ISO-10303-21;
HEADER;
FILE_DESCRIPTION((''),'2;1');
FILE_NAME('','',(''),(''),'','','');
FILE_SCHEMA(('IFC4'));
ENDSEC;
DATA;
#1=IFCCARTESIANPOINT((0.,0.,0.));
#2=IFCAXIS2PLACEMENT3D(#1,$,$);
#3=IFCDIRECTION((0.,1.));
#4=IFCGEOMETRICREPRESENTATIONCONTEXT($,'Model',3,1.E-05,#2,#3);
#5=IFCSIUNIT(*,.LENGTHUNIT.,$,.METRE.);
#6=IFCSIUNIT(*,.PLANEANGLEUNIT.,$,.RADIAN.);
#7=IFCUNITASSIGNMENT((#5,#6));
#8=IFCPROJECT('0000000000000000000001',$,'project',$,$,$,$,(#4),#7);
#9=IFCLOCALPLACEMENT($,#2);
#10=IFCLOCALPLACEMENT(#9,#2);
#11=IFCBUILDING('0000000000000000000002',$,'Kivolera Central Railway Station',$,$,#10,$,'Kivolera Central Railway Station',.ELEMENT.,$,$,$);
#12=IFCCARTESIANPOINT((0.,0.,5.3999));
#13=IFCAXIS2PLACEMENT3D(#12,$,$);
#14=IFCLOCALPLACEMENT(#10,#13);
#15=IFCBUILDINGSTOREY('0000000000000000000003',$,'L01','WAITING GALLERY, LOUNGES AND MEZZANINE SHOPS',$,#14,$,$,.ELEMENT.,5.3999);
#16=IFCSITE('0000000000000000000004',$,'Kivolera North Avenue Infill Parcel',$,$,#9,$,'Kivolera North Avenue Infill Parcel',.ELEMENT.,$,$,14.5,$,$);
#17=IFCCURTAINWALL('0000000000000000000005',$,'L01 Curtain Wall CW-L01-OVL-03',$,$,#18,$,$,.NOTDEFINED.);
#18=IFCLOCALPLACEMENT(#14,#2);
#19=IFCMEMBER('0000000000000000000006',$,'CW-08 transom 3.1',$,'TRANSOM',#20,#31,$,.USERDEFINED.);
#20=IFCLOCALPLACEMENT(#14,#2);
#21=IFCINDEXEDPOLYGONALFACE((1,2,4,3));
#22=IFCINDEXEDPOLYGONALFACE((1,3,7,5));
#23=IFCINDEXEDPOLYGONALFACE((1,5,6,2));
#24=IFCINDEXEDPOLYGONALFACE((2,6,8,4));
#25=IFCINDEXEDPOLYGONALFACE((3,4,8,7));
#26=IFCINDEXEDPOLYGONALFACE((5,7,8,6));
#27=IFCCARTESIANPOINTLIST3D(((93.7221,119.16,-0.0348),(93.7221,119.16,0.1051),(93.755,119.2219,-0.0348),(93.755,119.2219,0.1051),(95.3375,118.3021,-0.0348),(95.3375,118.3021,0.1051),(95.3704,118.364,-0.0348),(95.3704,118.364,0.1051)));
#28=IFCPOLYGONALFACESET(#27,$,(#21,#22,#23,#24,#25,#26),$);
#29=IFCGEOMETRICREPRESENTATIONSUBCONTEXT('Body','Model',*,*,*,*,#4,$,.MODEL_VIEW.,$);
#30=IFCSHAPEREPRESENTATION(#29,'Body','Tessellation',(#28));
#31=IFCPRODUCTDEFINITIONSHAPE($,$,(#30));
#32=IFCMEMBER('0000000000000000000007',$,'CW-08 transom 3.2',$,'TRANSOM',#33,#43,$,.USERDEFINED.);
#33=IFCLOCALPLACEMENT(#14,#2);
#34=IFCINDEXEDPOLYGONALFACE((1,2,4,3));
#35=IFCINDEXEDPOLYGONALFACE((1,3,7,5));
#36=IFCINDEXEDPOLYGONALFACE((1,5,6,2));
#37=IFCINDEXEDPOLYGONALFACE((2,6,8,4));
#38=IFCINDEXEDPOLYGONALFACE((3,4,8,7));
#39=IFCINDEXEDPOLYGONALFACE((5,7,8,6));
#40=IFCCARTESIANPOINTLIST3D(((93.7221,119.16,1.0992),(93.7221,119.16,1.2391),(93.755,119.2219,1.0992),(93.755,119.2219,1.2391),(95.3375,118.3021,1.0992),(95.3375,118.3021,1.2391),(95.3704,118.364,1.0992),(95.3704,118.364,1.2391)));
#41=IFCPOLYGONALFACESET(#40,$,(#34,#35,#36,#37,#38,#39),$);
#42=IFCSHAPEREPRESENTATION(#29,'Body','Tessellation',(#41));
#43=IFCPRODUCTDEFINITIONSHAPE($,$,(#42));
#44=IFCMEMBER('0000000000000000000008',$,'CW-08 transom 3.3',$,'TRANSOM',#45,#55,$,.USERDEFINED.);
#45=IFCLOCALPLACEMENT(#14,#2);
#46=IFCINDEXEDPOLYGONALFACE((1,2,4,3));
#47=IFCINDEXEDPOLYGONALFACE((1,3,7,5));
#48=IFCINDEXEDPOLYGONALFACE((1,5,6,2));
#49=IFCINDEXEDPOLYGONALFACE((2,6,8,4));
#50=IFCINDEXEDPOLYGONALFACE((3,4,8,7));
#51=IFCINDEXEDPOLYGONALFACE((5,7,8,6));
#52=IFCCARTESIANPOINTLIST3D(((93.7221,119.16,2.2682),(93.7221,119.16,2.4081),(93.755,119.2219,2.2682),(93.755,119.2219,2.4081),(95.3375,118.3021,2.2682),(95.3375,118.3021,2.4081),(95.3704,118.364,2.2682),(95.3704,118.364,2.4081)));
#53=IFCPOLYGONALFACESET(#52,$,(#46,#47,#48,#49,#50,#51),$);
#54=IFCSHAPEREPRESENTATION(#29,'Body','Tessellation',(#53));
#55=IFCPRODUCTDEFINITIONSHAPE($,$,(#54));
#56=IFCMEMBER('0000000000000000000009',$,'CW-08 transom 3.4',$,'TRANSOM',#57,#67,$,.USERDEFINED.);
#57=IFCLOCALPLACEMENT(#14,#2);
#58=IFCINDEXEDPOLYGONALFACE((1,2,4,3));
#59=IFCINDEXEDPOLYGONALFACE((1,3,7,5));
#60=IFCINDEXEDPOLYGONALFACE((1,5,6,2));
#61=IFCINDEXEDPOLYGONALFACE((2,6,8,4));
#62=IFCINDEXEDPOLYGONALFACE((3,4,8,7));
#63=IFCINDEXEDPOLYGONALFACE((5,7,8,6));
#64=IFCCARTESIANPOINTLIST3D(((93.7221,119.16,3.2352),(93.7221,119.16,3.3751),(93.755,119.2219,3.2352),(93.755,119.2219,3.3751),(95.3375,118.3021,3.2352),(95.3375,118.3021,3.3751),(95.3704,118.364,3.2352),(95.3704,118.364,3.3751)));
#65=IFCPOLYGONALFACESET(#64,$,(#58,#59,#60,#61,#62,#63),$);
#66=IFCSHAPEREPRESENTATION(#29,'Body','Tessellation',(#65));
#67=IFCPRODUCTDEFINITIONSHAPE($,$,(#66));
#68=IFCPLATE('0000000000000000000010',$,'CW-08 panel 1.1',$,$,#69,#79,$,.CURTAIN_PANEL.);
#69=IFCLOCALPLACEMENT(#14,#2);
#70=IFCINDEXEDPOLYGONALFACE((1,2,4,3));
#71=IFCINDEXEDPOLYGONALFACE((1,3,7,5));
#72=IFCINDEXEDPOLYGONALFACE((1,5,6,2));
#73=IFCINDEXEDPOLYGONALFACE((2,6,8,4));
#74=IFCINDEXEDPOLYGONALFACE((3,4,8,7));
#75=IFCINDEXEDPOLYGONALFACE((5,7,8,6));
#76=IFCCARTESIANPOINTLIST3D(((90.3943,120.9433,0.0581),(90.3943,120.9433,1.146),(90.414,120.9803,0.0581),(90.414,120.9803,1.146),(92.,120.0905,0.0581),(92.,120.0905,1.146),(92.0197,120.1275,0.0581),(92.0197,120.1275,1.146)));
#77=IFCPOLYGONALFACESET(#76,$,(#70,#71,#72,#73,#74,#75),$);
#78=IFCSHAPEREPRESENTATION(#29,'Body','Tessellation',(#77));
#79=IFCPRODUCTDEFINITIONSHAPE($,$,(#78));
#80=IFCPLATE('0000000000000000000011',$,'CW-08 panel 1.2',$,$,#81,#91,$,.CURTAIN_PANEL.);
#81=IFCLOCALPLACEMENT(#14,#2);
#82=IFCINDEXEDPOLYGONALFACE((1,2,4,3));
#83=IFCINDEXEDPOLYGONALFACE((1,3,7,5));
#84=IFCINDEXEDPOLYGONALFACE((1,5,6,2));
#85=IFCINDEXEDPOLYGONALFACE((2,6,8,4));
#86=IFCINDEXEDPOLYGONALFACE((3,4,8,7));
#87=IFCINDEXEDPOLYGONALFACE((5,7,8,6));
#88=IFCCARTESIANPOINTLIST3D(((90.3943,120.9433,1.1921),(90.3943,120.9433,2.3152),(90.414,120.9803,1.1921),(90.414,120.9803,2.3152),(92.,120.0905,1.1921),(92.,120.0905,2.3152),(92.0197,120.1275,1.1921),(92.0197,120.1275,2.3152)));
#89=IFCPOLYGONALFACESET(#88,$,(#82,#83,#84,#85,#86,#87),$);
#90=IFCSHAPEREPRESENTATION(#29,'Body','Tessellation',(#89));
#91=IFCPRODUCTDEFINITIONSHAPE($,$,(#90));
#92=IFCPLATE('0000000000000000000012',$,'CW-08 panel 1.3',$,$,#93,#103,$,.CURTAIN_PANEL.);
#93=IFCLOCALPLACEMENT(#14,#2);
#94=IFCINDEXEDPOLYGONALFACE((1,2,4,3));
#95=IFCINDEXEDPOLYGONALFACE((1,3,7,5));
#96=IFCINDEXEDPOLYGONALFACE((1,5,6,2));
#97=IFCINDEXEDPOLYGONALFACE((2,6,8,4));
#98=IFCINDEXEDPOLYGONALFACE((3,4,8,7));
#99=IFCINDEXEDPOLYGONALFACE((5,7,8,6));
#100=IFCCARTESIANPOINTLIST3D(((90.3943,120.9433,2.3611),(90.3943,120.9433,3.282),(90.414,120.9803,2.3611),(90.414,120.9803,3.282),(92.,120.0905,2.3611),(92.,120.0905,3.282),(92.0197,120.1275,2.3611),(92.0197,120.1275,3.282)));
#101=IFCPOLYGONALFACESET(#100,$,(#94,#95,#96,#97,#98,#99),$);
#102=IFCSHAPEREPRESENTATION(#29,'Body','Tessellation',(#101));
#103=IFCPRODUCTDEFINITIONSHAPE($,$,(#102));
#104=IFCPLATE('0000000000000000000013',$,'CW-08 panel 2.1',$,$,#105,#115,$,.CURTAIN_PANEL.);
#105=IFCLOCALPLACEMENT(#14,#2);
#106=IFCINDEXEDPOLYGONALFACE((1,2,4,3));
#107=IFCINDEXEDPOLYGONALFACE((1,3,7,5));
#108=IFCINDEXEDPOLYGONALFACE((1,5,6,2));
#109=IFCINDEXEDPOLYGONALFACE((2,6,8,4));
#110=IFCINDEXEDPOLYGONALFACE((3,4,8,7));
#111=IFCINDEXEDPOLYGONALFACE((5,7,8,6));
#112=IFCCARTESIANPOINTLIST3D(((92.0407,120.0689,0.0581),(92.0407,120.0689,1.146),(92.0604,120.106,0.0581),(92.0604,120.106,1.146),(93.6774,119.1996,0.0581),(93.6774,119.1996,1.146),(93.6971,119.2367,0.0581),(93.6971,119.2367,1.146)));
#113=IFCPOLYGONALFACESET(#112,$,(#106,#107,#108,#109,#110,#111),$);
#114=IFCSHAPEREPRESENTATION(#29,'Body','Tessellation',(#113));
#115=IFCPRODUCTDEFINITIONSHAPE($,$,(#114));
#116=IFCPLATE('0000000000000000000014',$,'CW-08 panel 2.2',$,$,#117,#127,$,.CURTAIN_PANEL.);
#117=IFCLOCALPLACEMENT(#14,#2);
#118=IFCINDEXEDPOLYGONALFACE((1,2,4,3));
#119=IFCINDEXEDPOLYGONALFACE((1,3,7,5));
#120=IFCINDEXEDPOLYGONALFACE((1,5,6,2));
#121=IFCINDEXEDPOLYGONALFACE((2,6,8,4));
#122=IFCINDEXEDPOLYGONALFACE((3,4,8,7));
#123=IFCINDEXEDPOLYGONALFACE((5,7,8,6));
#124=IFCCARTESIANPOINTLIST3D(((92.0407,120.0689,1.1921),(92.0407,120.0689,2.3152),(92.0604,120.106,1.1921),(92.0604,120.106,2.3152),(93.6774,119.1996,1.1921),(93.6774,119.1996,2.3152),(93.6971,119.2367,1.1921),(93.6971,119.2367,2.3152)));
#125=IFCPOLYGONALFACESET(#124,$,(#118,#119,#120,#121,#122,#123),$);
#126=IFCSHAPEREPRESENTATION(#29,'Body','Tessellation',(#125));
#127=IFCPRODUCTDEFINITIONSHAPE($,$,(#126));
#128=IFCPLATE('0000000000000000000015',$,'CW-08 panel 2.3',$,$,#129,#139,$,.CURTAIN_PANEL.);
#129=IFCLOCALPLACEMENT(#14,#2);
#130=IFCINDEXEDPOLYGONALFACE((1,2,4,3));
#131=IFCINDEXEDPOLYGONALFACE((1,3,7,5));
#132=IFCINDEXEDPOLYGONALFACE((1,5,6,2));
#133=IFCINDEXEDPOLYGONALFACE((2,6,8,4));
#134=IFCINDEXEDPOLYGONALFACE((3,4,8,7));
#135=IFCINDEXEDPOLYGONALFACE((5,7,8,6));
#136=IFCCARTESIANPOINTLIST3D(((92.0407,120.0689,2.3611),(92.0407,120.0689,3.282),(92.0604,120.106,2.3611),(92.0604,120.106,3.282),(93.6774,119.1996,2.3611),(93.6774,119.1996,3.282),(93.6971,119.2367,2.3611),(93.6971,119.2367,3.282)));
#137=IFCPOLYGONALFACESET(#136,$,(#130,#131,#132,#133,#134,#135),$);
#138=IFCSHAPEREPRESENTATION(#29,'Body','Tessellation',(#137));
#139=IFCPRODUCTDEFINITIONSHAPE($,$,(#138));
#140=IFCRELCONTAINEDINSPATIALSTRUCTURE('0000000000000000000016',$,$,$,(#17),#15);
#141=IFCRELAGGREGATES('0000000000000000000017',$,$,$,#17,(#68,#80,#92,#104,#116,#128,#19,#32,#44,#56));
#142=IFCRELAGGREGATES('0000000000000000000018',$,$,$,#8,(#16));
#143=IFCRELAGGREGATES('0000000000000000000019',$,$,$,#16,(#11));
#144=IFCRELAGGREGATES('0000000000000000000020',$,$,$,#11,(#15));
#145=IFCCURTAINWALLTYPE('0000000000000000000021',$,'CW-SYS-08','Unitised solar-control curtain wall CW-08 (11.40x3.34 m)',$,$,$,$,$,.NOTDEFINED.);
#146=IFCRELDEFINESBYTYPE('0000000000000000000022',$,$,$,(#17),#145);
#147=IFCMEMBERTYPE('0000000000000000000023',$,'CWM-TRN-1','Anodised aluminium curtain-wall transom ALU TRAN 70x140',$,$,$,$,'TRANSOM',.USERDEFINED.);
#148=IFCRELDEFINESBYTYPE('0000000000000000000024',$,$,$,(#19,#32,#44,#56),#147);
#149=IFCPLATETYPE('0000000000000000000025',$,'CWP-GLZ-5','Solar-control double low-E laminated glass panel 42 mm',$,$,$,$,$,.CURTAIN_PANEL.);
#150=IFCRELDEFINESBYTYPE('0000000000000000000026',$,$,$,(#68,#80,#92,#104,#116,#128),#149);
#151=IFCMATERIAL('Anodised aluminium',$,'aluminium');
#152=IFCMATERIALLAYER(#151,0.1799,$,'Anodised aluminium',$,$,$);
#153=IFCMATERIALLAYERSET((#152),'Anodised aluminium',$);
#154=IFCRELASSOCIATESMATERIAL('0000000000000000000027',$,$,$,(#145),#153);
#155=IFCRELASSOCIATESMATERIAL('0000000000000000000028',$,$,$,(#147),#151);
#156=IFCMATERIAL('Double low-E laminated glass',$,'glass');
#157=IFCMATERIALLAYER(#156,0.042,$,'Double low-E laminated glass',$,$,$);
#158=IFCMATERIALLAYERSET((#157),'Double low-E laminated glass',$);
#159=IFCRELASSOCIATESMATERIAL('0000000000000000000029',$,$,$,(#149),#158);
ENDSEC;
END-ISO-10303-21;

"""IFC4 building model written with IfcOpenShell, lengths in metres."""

from ifc_helpers import new_model, si_unit, direction, frame, origin, origin_2d, place, context, subcontext, project, spatial, rectangle, extrude, material, layer, layer_set, material_profile, profile_set, type_object, element, aggregate, save


model = new_model("IFC4")

# Units and contexts
model_context = context("Model", 3, precision=1e-05, world=origin(), true_north=direction((0.0, 1.0)))
body_context = subcontext(model_context, "Body", "Model", "MODEL_VIEW")
ifc_project = project(units=[si_unit("LENGTHUNIT", "METRE"), si_unit("PLANEANGLEUNIT", "RADIAN")], contexts=[model_context])

# Site, building, storey
site_placement = place(None, origin())
site = spatial("IfcSite", under=ifc_project, at=site_placement, Name="Kivolera North Avenue Infill Parcel", LongName="Kivolera North Avenue Infill Parcel", CompositionType="ELEMENT", RefElevation=14.5)
building_placement = place(site_placement, origin())
building = spatial("IfcBuilding", under=site, at=building_placement, Name="Kivolera Central Railway Station", LongName="Kivolera Central Railway Station", CompositionType="ELEMENT")
storey_placement = place(building_placement, frame((0.0, 0.0, 5.3999)))
storey = spatial("IfcBuildingStorey", under=building, at=storey_placement, Name="L01", Description="WAITING GALLERY, LOUNGES AND MEZZANINE SHOPS", CompositionType="ELEMENT", Elevation=5.3999)

# Curtain wall, members, plates
ifc_material_1 = material(Name="Anodised aluminium", Category="aluminium")
ifc_layer_1 = layer(ifc_material_1, 0.1799, Name="Anodised aluminium")
ifc_layer_set_1 = layer_set([ifc_layer_1], Name="Anodised aluminium")
curtain_wall_type = type_object("IfcCurtainWallType", Name="CW-SYS-08", Description="Unitised solar-control curtain wall CW-08 (11.40x3.34 m)", PredefinedType="NOTDEFINED", material=ifc_layer_set_1)
curtain_wall_placement = place(storey_placement, origin())
curtain_wall = element("IfcCurtainWall", 1, at=curtain_wall_placement, inside=storey, type_object=curtain_wall_type, Name="L01 Curtain Wall CW-L01-OVL-03", PredefinedType="NOTDEFINED")
ifc_material_profile_1 = material_profile(ifc_material_1, rectangle(XDim=0.0701, YDim=0.1399, at=origin_2d()), Name="ALU TRAN 70x140")
ifc_profile_set_1 = profile_set([ifc_material_profile_1], Name="Anodised aluminium")
member_type_1 = type_object("IfcMemberType", Name="CWM-TRN-1", Description="Anodised aluminium curtain-wall transom ALU TRAN 70x140", ElementType="TRANSOM", PredefinedType="USERDEFINED", material=ifc_profile_set_1)
member_1_placement = place(storey_placement, frame((93.7385, 119.1909, 0.0352), z_axis=(0.883187, -0.469022, 0.0), x_axis=(0.469022, 0.883187, 0.0)))
member_1 = element("IfcMember", 2, at=member_1_placement, type_object=member_type_1, Name="CW-08 transom 3.1", ObjectType="TRANSOM", PredefinedType="USERDEFINED", context=body_context, shape_type="SweptSolid", body=[
    extrude(rectangle(XDim=0.0701, YDim=0.1399, at=origin_2d()), origin(), (0.0, 0.0, 1.0), 1.8291),
])
member_2_placement = place(storey_placement, frame((93.7385, 119.1909, 1.1692), z_axis=(0.883187, -0.469022, 0.0), x_axis=(0.469022, 0.883187, 0.0)))
member_2 = element("IfcMember", 3, at=member_2_placement, type_object=member_type_1, Name="CW-08 transom 3.2", ObjectType="TRANSOM", PredefinedType="USERDEFINED", context=body_context, shape_type="SweptSolid", body=[
    extrude(rectangle(XDim=0.0701, YDim=0.1399, at=origin_2d()), origin(), (0.0, 0.0, 1.0), 1.8291),
])
member_3_placement = place(storey_placement, frame((93.7385, 119.1909, 2.3381), z_axis=(0.883187, -0.469022, 0.0), x_axis=(0.469022, 0.883187, 0.0)))
member_3 = element("IfcMember", 4, at=member_3_placement, type_object=member_type_1, Name="CW-08 transom 3.3", ObjectType="TRANSOM", PredefinedType="USERDEFINED", context=body_context, shape_type="SweptSolid", body=[
    extrude(rectangle(XDim=0.0701, YDim=0.1399, at=origin_2d()), origin(), (0.0, 0.0, 1.0), 1.8291),
])
member_4_placement = place(storey_placement, frame((93.7385, 119.1909, 3.3052), z_axis=(0.883187, -0.469022, 0.0), x_axis=(0.469022, 0.883187, 0.0)))
member_4 = element("IfcMember", 5, at=member_4_placement, type_object=member_type_1, Name="CW-08 transom 3.4", ObjectType="TRANSOM", PredefinedType="USERDEFINED", context=body_context, shape_type="SweptSolid", body=[
    extrude(rectangle(XDim=0.0701, YDim=0.1399, at=origin_2d()), origin(), (0.0, 0.0, 1.0), 1.8291),
])
ifc_material_2 = material(Name="Double low-E laminated glass", Category="glass")
ifc_layer_2 = layer(ifc_material_2, 0.042, Name="Double low-E laminated glass")
ifc_layer_set_2 = layer_set([ifc_layer_2], Name="Double low-E laminated glass")
plate_type = type_object("IfcPlateType", Name="CWP-GLZ-5", Description="Solar-control double low-E laminated glass panel 42 mm", PredefinedType="CURTAIN_PANEL", material=ifc_layer_set_2)
plate_1_placement = place(storey_placement, frame((91.207, 120.5354, 0.0581), z_axis=(0.0, 0.0, 1.0), x_axis=(0.88317, -0.469053, 0.0)))
plate_1 = element("IfcPlate", 6, at=plate_1_placement, type_object=plate_type, Name="CW-08 panel 1.1", PredefinedType="CURTAIN_PANEL", context=body_context, shape_type="SweptSolid", body=[
    extrude(rectangle(XDim=1.8181, YDim=0.042, at=origin_2d()), origin(), (0.0, 0.0, 1.0), 1.0879),
])
plate_2_placement = place(storey_placement, frame((91.207, 120.5354, 1.1921), z_axis=(0.0, 0.0, 1.0), x_axis=(0.88317, -0.469053, 0.0)))
plate_2 = element("IfcPlate", 7, at=plate_2_placement, type_object=plate_type, Name="CW-08 panel 1.2", PredefinedType="CURTAIN_PANEL", context=body_context, shape_type="SweptSolid", body=[
    extrude(rectangle(XDim=1.8181, YDim=0.042, at=origin_2d()), origin(), (0.0, 0.0, 1.0), 1.123),
])
plate_3_placement = place(storey_placement, frame((91.207, 120.5354, 2.3611), z_axis=(0.0, 0.0, 1.0), x_axis=(0.88317, -0.469053, 0.0)))
plate_3 = element("IfcPlate", 8, at=plate_3_placement, type_object=plate_type, Name="CW-08 panel 1.3", PredefinedType="CURTAIN_PANEL", context=body_context, shape_type="SweptSolid", body=[
    extrude(rectangle(XDim=1.8181, YDim=0.042, at=origin_2d()), origin(), (0.0, 0.0, 1.0), 0.9209),
])
plate_4_placement = place(storey_placement, frame((92.8689, 119.6528, 0.0581), z_axis=(0.0, 0.0, 1.0), x_axis=(0.88317, -0.469053, 0.0)))
plate_4 = element("IfcPlate", 9, at=plate_4_placement, type_object=plate_type, Name="CW-08 panel 2.1", PredefinedType="CURTAIN_PANEL", context=body_context, shape_type="SweptSolid", body=[
    extrude(rectangle(XDim=1.8533, YDim=0.042, at=origin_2d()), origin(), (0.0, 0.0, 1.0), 1.0879),
])
plate_5_placement = place(storey_placement, frame((92.8689, 119.6528, 1.1921), z_axis=(0.0, 0.0, 1.0), x_axis=(0.88317, -0.469053, 0.0)))
plate_5 = element("IfcPlate", 10, at=plate_5_placement, type_object=plate_type, Name="CW-08 panel 2.2", PredefinedType="CURTAIN_PANEL", context=body_context, shape_type="SweptSolid", body=[
    extrude(rectangle(XDim=1.8533, YDim=0.042, at=origin_2d()), origin(), (0.0, 0.0, 1.0), 1.123),
])
plate_6_placement = place(storey_placement, frame((92.8689, 119.6528, 2.3611), z_axis=(0.0, 0.0, 1.0), x_axis=(0.88317, -0.469053, 0.0)))
plate_6 = element("IfcPlate", 11, at=plate_6_placement, type_object=plate_type, Name="CW-08 panel 2.3", PredefinedType="CURTAIN_PANEL", context=body_context, shape_type="SweptSolid", body=[
    extrude(rectangle(XDim=1.8533, YDim=0.042, at=origin_2d()), origin(), (0.0, 0.0, 1.0), 0.9209),
])
aggregate(curtain_wall, [plate_1, plate_2, plate_3, plate_4, plate_5, plate_6, member_1, member_2, member_3, member_4])

save(model, "model.ifc")
